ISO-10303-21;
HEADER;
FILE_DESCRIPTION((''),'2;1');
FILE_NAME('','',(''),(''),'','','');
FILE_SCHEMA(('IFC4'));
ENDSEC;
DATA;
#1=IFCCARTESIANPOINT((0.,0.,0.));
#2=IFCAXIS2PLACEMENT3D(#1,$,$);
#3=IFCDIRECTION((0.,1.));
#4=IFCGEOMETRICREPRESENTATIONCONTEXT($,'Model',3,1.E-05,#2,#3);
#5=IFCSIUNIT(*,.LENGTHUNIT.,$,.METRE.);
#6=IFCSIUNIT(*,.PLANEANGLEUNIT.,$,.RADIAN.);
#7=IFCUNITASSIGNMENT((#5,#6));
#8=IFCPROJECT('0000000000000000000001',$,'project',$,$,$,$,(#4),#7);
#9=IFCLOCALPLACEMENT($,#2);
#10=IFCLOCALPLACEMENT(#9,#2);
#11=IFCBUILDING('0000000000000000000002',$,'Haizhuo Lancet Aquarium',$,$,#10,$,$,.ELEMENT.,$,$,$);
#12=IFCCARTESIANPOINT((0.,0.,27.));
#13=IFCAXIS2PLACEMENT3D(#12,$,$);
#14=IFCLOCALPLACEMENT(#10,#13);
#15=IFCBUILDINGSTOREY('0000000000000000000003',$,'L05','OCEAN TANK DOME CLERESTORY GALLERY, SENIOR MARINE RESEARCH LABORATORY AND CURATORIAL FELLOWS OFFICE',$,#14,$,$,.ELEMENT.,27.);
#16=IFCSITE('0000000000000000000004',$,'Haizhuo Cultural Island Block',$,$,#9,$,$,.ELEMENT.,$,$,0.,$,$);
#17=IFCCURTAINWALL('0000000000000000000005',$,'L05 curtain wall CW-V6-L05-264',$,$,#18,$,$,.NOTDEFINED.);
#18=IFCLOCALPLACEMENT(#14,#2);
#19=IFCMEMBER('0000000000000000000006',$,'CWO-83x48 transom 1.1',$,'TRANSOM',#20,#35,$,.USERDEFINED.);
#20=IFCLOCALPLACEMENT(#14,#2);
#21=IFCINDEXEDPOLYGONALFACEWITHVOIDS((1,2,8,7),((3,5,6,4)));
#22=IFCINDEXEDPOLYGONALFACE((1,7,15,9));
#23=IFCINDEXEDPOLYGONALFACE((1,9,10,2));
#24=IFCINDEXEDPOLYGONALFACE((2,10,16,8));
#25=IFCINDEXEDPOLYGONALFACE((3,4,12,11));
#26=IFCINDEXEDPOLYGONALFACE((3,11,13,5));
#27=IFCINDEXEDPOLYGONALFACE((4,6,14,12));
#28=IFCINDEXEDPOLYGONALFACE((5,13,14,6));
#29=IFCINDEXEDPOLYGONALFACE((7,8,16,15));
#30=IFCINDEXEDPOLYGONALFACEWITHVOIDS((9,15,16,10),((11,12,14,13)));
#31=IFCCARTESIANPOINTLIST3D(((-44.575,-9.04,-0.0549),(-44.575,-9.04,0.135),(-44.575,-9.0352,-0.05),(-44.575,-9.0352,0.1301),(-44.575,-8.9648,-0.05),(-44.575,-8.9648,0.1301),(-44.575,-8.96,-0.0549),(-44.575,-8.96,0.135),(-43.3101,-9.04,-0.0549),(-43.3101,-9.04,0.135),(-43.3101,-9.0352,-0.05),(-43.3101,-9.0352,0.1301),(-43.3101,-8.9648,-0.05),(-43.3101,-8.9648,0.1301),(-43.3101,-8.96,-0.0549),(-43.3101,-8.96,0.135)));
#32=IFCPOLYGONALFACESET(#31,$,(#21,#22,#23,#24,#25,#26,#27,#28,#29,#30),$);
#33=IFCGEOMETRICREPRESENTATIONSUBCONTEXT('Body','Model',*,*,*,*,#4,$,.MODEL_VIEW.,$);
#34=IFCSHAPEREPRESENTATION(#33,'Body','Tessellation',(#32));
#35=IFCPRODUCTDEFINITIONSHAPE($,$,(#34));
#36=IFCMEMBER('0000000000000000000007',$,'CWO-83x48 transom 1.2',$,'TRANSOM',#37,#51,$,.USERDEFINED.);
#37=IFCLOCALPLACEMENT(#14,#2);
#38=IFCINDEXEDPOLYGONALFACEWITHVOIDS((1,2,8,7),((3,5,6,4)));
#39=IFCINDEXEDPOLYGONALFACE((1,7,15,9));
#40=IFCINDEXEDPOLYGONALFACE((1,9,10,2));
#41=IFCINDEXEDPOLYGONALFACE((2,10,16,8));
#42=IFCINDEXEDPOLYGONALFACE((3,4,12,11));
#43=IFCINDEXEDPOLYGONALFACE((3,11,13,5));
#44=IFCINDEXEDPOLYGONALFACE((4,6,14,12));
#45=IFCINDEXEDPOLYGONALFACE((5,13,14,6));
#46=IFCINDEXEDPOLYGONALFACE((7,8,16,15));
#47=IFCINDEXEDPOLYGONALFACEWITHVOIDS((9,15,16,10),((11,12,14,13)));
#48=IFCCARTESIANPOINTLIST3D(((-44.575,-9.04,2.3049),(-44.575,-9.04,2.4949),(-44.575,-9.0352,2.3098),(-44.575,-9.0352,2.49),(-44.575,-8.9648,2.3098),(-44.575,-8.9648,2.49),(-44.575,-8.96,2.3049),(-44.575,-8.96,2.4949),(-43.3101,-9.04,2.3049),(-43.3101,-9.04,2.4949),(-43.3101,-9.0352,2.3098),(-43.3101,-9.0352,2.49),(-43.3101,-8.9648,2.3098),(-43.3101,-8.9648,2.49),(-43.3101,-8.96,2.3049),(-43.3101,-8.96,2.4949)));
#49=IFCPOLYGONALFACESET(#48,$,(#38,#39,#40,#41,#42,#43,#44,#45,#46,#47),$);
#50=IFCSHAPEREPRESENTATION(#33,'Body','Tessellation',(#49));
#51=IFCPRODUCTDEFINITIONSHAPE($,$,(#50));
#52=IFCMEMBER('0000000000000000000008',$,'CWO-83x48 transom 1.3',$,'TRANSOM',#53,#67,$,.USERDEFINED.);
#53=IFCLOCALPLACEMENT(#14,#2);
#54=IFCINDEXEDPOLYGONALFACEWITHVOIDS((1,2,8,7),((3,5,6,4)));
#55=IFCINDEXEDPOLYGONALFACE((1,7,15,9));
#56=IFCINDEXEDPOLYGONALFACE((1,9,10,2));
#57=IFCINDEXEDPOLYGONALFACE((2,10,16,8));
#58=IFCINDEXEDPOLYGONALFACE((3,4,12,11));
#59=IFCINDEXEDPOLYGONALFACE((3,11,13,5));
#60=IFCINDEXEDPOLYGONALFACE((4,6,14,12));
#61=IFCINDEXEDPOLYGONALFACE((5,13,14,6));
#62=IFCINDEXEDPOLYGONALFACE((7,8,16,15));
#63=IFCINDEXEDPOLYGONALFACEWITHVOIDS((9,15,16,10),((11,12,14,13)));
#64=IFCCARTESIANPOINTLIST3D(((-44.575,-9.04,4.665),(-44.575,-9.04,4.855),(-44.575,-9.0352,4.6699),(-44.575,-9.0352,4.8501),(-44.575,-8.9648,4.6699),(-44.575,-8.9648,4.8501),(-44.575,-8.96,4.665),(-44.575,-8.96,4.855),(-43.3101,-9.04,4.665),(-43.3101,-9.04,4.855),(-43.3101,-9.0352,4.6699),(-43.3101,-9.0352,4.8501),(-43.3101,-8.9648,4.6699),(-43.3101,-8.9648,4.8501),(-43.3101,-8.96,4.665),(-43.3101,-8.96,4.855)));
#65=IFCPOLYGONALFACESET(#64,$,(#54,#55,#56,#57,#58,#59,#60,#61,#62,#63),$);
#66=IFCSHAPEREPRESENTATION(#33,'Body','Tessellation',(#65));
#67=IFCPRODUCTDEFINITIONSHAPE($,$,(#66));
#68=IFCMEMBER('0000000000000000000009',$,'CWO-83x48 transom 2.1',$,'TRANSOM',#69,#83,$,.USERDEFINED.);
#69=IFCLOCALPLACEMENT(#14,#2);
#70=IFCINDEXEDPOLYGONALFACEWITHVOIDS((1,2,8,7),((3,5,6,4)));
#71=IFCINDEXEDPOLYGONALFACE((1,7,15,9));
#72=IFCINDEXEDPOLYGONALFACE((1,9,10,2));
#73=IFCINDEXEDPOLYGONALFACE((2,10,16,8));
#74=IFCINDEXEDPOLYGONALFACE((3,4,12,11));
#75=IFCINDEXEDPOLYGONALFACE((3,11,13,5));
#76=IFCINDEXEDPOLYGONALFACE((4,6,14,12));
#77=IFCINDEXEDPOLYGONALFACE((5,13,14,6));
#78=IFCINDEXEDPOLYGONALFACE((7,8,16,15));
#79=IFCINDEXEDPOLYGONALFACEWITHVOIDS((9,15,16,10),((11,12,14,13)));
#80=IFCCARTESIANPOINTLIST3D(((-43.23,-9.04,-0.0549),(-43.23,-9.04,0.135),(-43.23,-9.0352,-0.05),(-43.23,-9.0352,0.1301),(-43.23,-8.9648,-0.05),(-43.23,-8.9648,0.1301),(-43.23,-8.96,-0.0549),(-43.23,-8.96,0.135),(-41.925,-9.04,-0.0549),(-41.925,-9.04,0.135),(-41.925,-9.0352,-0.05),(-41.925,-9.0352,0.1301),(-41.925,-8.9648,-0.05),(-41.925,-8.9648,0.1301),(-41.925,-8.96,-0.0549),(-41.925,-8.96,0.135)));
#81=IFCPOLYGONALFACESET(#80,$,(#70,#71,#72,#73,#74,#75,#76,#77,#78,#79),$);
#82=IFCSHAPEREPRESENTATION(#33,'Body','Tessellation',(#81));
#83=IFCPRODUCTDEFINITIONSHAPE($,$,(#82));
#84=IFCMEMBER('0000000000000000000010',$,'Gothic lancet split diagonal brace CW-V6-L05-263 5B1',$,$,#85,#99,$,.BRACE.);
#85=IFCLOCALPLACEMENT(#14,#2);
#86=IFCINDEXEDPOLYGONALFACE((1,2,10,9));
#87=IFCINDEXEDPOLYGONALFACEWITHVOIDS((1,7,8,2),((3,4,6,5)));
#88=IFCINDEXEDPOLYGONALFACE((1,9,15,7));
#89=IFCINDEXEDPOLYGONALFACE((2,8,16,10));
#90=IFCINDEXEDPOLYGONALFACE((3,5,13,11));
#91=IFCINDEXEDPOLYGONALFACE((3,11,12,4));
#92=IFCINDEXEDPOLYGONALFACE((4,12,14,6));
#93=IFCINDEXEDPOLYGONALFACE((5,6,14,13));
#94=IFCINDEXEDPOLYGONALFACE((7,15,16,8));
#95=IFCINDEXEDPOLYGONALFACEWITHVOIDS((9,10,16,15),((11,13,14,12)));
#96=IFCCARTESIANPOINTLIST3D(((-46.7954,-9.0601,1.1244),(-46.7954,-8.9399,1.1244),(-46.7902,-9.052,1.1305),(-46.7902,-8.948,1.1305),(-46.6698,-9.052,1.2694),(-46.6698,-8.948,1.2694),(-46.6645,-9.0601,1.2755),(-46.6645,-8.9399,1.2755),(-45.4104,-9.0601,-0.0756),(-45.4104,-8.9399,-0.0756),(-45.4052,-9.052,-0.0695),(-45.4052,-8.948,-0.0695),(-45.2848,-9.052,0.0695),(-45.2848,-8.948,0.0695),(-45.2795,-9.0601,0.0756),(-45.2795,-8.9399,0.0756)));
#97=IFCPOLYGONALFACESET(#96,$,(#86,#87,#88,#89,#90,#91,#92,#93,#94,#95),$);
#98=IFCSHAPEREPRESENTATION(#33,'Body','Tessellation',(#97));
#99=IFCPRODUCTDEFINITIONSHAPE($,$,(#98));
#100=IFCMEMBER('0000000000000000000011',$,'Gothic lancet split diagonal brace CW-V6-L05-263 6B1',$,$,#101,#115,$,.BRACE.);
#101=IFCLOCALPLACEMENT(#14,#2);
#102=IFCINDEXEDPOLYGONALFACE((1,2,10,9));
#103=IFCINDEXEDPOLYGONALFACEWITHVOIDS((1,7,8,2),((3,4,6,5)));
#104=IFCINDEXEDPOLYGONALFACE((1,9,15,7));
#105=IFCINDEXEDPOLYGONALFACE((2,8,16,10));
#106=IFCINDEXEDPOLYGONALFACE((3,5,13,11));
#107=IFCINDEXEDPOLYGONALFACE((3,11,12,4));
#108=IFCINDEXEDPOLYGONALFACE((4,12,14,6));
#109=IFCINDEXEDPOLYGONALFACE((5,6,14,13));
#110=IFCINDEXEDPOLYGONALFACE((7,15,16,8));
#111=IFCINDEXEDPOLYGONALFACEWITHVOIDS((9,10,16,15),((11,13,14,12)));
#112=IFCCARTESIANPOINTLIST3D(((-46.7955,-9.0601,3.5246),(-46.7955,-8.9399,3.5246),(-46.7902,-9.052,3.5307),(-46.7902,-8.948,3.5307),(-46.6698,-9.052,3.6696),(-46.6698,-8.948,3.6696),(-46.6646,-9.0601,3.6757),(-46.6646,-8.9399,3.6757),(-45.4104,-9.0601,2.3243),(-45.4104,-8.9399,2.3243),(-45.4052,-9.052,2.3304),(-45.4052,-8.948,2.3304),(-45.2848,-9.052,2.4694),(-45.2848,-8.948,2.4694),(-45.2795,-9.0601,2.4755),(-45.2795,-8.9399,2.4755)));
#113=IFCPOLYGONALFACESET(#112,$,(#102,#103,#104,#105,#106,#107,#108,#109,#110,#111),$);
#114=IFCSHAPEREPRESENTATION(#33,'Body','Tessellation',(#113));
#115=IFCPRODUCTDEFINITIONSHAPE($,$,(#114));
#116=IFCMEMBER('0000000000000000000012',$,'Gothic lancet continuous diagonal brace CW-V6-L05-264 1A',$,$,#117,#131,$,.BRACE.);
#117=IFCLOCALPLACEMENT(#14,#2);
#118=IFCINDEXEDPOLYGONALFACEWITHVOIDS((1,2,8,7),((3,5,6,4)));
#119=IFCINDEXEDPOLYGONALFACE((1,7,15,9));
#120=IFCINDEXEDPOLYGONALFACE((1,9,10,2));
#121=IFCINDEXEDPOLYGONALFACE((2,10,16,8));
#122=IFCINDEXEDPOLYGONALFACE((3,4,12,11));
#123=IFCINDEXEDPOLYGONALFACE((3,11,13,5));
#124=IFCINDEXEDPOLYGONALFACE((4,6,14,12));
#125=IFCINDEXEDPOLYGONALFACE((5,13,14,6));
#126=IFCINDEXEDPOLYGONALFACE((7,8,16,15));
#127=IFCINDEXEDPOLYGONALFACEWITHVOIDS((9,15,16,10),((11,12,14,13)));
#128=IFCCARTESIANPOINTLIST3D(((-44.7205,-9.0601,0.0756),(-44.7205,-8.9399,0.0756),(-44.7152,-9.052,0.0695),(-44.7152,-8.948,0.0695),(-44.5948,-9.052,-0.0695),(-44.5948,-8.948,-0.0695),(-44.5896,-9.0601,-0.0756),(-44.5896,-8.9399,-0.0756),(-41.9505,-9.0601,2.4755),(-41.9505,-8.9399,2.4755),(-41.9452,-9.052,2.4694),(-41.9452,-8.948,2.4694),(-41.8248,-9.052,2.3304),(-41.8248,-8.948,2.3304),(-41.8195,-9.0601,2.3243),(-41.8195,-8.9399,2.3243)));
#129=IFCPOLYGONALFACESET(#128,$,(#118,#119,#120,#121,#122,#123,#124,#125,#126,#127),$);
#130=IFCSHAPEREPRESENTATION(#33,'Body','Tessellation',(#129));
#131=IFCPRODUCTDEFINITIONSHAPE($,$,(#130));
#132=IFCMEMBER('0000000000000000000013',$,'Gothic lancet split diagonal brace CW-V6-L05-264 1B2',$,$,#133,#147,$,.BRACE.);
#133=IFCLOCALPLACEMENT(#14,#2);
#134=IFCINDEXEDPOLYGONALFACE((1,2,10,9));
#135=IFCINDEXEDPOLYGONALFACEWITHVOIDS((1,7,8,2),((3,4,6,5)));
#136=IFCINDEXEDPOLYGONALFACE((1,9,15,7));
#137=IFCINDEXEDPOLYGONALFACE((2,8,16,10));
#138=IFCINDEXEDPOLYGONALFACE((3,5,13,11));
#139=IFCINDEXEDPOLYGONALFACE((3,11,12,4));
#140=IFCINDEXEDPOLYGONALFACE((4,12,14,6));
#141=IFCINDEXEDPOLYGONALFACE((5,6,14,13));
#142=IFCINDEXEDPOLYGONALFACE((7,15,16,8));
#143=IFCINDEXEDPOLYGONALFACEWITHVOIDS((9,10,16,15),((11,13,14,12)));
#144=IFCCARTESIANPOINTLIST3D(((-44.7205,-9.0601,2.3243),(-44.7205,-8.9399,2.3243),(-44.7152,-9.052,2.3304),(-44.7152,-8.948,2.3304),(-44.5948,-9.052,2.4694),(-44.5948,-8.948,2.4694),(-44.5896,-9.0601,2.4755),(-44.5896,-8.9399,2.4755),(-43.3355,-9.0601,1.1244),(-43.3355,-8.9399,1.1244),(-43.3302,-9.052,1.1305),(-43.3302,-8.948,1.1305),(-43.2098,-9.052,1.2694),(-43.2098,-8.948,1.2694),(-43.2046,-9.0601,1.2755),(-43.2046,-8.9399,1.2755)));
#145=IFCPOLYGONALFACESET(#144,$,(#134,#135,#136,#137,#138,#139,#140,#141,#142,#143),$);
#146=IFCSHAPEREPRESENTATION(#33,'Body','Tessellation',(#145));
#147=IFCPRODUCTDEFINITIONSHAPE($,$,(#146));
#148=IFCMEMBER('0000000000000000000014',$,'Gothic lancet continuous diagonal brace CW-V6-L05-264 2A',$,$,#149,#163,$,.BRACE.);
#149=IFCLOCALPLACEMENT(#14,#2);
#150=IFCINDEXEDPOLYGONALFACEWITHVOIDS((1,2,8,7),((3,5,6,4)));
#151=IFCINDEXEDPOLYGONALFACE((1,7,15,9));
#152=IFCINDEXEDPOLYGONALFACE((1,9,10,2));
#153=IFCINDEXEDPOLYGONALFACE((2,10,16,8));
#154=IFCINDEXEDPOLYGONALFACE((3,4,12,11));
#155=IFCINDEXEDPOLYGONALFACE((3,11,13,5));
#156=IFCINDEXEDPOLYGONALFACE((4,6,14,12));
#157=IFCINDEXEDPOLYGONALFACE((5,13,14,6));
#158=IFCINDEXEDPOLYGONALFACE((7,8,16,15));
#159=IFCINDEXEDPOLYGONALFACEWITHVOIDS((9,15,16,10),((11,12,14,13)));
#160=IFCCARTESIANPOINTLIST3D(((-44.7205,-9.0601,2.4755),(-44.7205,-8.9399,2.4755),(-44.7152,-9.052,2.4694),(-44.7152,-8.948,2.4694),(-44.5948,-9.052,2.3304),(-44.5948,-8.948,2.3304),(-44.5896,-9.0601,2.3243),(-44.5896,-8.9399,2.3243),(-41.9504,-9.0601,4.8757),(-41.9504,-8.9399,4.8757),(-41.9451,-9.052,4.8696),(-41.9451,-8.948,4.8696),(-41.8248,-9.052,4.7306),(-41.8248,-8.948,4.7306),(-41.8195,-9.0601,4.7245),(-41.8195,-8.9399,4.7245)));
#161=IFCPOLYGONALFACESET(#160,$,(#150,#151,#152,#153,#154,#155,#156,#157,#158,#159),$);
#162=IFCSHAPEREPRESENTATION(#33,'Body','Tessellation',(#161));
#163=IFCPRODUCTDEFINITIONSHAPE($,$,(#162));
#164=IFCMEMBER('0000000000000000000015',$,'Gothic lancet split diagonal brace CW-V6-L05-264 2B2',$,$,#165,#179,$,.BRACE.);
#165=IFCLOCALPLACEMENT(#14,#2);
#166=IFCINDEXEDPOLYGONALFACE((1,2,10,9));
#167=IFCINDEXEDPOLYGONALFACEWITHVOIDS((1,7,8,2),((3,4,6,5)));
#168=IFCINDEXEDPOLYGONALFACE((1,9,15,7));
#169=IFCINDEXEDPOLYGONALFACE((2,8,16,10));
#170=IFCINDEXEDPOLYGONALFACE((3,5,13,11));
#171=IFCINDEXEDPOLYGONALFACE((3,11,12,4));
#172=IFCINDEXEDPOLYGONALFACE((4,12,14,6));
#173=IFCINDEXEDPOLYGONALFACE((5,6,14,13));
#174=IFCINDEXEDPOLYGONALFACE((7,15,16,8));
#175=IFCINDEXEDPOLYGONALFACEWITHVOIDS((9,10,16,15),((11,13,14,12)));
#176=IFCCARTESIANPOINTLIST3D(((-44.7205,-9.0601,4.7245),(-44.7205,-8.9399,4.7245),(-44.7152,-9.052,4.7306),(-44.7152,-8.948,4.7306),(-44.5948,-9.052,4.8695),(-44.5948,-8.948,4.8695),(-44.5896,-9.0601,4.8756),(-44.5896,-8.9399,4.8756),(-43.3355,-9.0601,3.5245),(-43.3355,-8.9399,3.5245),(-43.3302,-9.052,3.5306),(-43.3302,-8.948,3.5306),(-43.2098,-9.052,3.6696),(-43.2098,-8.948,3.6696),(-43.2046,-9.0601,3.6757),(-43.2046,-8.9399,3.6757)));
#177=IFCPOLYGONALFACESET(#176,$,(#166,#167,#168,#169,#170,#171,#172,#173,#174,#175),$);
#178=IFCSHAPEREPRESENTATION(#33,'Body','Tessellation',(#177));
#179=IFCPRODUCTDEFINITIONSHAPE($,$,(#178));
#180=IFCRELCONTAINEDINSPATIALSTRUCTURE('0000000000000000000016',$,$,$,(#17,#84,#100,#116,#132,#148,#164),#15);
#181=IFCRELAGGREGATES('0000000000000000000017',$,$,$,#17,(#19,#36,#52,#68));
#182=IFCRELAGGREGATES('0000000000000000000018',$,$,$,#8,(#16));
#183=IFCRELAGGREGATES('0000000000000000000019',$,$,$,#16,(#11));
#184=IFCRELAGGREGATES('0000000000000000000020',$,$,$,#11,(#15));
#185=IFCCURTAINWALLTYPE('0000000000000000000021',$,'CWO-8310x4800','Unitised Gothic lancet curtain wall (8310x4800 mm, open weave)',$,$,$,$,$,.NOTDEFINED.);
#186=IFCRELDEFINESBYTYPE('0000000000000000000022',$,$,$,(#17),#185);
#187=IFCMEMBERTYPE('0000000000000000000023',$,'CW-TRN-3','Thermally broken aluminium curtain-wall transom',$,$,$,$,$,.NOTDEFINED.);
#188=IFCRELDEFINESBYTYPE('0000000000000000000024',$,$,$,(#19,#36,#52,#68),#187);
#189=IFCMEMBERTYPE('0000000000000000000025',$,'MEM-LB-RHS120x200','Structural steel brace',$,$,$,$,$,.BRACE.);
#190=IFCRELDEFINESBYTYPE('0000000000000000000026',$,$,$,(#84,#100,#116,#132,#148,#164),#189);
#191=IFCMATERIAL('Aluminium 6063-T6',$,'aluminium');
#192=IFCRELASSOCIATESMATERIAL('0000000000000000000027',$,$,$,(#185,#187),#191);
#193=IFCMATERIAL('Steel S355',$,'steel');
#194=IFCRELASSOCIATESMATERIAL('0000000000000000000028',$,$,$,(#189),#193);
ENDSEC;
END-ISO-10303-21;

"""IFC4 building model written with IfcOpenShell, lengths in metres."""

from ifc_helpers import new_model, si_unit, direction, frame, origin, origin_2d, place, context, subcontext, project, spatial, hollow_rectangle, extrude, material, material_profile, profile_set, type_object, element, aggregate, save


model = new_model("IFC4")

# Units and contexts
model_context = context("Model", 3, precision=1e-05, world=origin(), true_north=direction((0.0, 1.0)))
body_context = subcontext(model_context, "Body", "Model", "MODEL_VIEW")
ifc_project = project(units=[si_unit("LENGTHUNIT", "METRE"), si_unit("PLANEANGLEUNIT", "RADIAN")], contexts=[model_context])

# Site, building, storey
site_placement = place(None, origin())
site = spatial("IfcSite", under=ifc_project, at=site_placement, Name="Haizhuo Cultural Island Block", CompositionType="ELEMENT", RefElevation=0.0)
building_placement = place(site_placement, origin())
building = spatial("IfcBuilding", under=site, at=building_placement, Name="Haizhuo Lancet Aquarium", CompositionType="ELEMENT")
storey_placement = place(building_placement, frame((0.0, 0.0, 27.0)))
storey = spatial("IfcBuildingStorey", under=building, at=storey_placement, Name="L05", Description="OCEAN TANK DOME CLERESTORY GALLERY, SENIOR MARINE RESEARCH LABORATORY AND CURATORIAL FELLOWS OFFICE", CompositionType="ELEMENT", Elevation=27.0)

# Shared definitions
ifc_material_1 = material(Name="Steel S355", Category="steel")

# Shared definitions
ifc_material_2 = material(Name="Aluminium 6063-T6", Category="aluminium")
curtain_wall_type = type_object("IfcCurtainWallType", Name="CWO-8310x4800", Description="Unitised Gothic lancet curtain wall (8310x4800 mm, open weave)", PredefinedType="NOTDEFINED", material=ifc_material_2)

# Curtain wall
curtain_wall_1_placement = place(storey_placement, origin())
curtain_wall_1 = element("IfcCurtainWall", 1, at=curtain_wall_1_placement, inside=storey, type_object=curtain_wall_type, Name="L05 curtain wall CW-V6-L05-264", PredefinedType="NOTDEFINED")

# Members
ifc_material_profile_1 = material_profile(ifc_material_2, hollow_rectangle(XDim=0.0801, YDim=0.1899, WallThickness=0.0049, at=origin_2d()), Name="ALU-T 80x190x5")
ifc_profile_set_1 = profile_set([ifc_material_profile_1], Name="Aluminium 6063-T6")
member_type_1 = type_object("IfcMemberType", Name="CW-TRN-3", Description="Thermally broken aluminium curtain-wall transom", PredefinedType="NOTDEFINED", material=ifc_profile_set_1)
member_1_placement = place(storey_placement, frame((-44.575, -9.0, 0.04), z_axis=(1.0, 0.0, 0.0), x_axis=(0.0, 1.0, 0.0)))
member_1 = element("IfcMember", 2, at=member_1_placement, type_object=member_type_1, Name="CWO-83x48 transom 1.1", ObjectType="TRANSOM", PredefinedType="USERDEFINED", context=body_context, shape_type="SweptSolid", body=[
    extrude(hollow_rectangle(XDim=0.0801, YDim=0.1899, WallThickness=0.0049, at=origin_2d()), origin(), (0.0, 0.0, 1.0), 1.2649),
])
member_2_placement = place(storey_placement, frame((-44.575, -9.0, 2.3999), z_axis=(1.0, 0.0, 0.0), x_axis=(0.0, 1.0, 0.0)))
member_2 = element("IfcMember", 3, at=member_2_placement, type_object=member_type_1, Name="CWO-83x48 transom 1.2", ObjectType="TRANSOM", PredefinedType="USERDEFINED", context=body_context, shape_type="SweptSolid", body=[
    extrude(hollow_rectangle(XDim=0.0801, YDim=0.1899, WallThickness=0.0049, at=origin_2d()), origin(), (0.0, 0.0, 1.0), 1.2649),
])
member_3_placement = place(storey_placement, frame((-44.575, -9.0, 4.76), z_axis=(1.0, 0.0, 0.0), x_axis=(0.0, 1.0, 0.0)))
member_3 = element("IfcMember", 4, at=member_3_placement, type_object=member_type_1, Name="CWO-83x48 transom 1.3", ObjectType="TRANSOM", PredefinedType="USERDEFINED", context=body_context, shape_type="SweptSolid", body=[
    extrude(hollow_rectangle(XDim=0.0801, YDim=0.1899, WallThickness=0.0049, at=origin_2d()), origin(), (0.0, 0.0, 1.0), 1.2649),
])
member_4_placement = place(storey_placement, frame((-43.23, -9.0, 0.04), z_axis=(1.0, 0.0, 0.0), x_axis=(0.0, 1.0, 0.0)))
member_4 = element("IfcMember", 5, at=member_4_placement, type_object=member_type_1, Name="CWO-83x48 transom 2.1", ObjectType="TRANSOM", PredefinedType="USERDEFINED", context=body_context, shape_type="SweptSolid", body=[
    extrude(hollow_rectangle(XDim=0.0801, YDim=0.1899, WallThickness=0.0049, at=origin_2d()), origin(), (0.0, 0.0, 1.0), 1.3049),
])

# Members
ifc_material_profile_2 = material_profile(ifc_material_1, hollow_rectangle(XDim=0.1201, YDim=0.2, WallThickness=0.0081, at=origin_2d()), Name="RHS 120x200x8")
ifc_profile_set_2 = profile_set([ifc_material_profile_2], Name="Steel S355")
member_type_2 = type_object("IfcMemberType", Name="MEM-LB-RHS120x200", Description="Structural steel brace", PredefinedType="BRACE", material=ifc_profile_set_2)
member_5_placement = place(storey_placement, frame((-45.345, -9.0, 0.0), z_axis=(-0.755795, 0.0, 0.654809), x_axis=(0.0, -1.0, 0.0)))
element("IfcMember", 6, at=member_5_placement, inside=storey, type_object=member_type_2, Name="Gothic lancet split diagonal brace CW-V6-L05-263 5B1", PredefinedType="BRACE", context=body_context, shape_type="SweptSolid", body=[
    extrude(hollow_rectangle(XDim=0.1201, YDim=0.2, WallThickness=0.0081, at=origin_2d()), origin(), (0.0, 0.0, 1.0), 1.8325),
])
member_6_placement = place(storey_placement, frame((-45.345, -9.0, 2.3999), z_axis=(-0.755729, 0.0, 0.654885), x_axis=(0.0, -1.0, 0.0)))
element("IfcMember", 7, at=member_6_placement, inside=storey, type_object=member_type_2, Name="Gothic lancet split diagonal brace CW-V6-L05-263 6B1", PredefinedType="BRACE", context=body_context, shape_type="SweptSolid", body=[
    extrude(hollow_rectangle(XDim=0.1201, YDim=0.2, WallThickness=0.0081, at=origin_2d()), origin(), (0.0, 0.0, 1.0), 1.8328),
])
member_7_placement = place(storey_placement, frame((-44.655, -9.0, 0.0), z_axis=(0.755795, 0.0, 0.654809), x_axis=(0.0, 1.0, 0.0)))
element("IfcMember", 8, at=member_7_placement, inside=storey, type_object=member_type_2, Name="Gothic lancet continuous diagonal brace CW-V6-L05-264 1A", PredefinedType="BRACE", context=body_context, shape_type="SweptSolid", body=[
    extrude(hollow_rectangle(XDim=0.1201, YDim=0.2, WallThickness=0.0081, at=origin_2d()), origin(), (0.0, 0.0, 1.0), 3.665),
])
member_8_placement = place(storey_placement, frame((-43.27, -9.0, 1.2), z_axis=(-0.755795, 0.0, 0.654809), x_axis=(0.0, -1.0, 0.0)))
element("IfcMember", 9, at=member_8_placement, inside=storey, type_object=member_type_2, Name="Gothic lancet split diagonal brace CW-V6-L05-264 1B2", PredefinedType="BRACE", context=body_context, shape_type="SweptSolid", body=[
    extrude(hollow_rectangle(XDim=0.1201, YDim=0.2, WallThickness=0.0081, at=origin_2d()), origin(), (0.0, 0.0, 1.0), 1.8325),
])
member_9_placement = place(storey_placement, frame((-44.655, -9.0, 2.3999), z_axis=(0.755762, 0.0, 0.654847), x_axis=(0.0, 1.0, 0.0)))
element("IfcMember", 10, at=member_9_placement, inside=storey, type_object=member_type_2, Name="Gothic lancet continuous diagonal brace CW-V6-L05-264 2A", PredefinedType="BRACE", context=body_context, shape_type="SweptSolid", body=[
    extrude(hollow_rectangle(XDim=0.1201, YDim=0.2, WallThickness=0.0081, at=origin_2d()), origin(), (0.0, 0.0, 1.0), 3.6653),
])
member_10_placement = place(storey_placement, frame((-43.27, -9.0, 3.6001), z_axis=(-0.755795, 0.0, 0.654809), x_axis=(0.0, -1.0, 0.0)))
element("IfcMember", 11, at=member_10_placement, inside=storey, type_object=member_type_2, Name="Gothic lancet split diagonal brace CW-V6-L05-264 2B2", PredefinedType="BRACE", context=body_context, shape_type="SweptSolid", body=[
    extrude(hollow_rectangle(XDim=0.1201, YDim=0.2, WallThickness=0.0081, at=origin_2d()), origin(), (0.0, 0.0, 1.0), 1.8325),
])

aggregate(curtain_wall_1, [member_1, member_2, member_3, member_4])

save(model, "model.ifc")
